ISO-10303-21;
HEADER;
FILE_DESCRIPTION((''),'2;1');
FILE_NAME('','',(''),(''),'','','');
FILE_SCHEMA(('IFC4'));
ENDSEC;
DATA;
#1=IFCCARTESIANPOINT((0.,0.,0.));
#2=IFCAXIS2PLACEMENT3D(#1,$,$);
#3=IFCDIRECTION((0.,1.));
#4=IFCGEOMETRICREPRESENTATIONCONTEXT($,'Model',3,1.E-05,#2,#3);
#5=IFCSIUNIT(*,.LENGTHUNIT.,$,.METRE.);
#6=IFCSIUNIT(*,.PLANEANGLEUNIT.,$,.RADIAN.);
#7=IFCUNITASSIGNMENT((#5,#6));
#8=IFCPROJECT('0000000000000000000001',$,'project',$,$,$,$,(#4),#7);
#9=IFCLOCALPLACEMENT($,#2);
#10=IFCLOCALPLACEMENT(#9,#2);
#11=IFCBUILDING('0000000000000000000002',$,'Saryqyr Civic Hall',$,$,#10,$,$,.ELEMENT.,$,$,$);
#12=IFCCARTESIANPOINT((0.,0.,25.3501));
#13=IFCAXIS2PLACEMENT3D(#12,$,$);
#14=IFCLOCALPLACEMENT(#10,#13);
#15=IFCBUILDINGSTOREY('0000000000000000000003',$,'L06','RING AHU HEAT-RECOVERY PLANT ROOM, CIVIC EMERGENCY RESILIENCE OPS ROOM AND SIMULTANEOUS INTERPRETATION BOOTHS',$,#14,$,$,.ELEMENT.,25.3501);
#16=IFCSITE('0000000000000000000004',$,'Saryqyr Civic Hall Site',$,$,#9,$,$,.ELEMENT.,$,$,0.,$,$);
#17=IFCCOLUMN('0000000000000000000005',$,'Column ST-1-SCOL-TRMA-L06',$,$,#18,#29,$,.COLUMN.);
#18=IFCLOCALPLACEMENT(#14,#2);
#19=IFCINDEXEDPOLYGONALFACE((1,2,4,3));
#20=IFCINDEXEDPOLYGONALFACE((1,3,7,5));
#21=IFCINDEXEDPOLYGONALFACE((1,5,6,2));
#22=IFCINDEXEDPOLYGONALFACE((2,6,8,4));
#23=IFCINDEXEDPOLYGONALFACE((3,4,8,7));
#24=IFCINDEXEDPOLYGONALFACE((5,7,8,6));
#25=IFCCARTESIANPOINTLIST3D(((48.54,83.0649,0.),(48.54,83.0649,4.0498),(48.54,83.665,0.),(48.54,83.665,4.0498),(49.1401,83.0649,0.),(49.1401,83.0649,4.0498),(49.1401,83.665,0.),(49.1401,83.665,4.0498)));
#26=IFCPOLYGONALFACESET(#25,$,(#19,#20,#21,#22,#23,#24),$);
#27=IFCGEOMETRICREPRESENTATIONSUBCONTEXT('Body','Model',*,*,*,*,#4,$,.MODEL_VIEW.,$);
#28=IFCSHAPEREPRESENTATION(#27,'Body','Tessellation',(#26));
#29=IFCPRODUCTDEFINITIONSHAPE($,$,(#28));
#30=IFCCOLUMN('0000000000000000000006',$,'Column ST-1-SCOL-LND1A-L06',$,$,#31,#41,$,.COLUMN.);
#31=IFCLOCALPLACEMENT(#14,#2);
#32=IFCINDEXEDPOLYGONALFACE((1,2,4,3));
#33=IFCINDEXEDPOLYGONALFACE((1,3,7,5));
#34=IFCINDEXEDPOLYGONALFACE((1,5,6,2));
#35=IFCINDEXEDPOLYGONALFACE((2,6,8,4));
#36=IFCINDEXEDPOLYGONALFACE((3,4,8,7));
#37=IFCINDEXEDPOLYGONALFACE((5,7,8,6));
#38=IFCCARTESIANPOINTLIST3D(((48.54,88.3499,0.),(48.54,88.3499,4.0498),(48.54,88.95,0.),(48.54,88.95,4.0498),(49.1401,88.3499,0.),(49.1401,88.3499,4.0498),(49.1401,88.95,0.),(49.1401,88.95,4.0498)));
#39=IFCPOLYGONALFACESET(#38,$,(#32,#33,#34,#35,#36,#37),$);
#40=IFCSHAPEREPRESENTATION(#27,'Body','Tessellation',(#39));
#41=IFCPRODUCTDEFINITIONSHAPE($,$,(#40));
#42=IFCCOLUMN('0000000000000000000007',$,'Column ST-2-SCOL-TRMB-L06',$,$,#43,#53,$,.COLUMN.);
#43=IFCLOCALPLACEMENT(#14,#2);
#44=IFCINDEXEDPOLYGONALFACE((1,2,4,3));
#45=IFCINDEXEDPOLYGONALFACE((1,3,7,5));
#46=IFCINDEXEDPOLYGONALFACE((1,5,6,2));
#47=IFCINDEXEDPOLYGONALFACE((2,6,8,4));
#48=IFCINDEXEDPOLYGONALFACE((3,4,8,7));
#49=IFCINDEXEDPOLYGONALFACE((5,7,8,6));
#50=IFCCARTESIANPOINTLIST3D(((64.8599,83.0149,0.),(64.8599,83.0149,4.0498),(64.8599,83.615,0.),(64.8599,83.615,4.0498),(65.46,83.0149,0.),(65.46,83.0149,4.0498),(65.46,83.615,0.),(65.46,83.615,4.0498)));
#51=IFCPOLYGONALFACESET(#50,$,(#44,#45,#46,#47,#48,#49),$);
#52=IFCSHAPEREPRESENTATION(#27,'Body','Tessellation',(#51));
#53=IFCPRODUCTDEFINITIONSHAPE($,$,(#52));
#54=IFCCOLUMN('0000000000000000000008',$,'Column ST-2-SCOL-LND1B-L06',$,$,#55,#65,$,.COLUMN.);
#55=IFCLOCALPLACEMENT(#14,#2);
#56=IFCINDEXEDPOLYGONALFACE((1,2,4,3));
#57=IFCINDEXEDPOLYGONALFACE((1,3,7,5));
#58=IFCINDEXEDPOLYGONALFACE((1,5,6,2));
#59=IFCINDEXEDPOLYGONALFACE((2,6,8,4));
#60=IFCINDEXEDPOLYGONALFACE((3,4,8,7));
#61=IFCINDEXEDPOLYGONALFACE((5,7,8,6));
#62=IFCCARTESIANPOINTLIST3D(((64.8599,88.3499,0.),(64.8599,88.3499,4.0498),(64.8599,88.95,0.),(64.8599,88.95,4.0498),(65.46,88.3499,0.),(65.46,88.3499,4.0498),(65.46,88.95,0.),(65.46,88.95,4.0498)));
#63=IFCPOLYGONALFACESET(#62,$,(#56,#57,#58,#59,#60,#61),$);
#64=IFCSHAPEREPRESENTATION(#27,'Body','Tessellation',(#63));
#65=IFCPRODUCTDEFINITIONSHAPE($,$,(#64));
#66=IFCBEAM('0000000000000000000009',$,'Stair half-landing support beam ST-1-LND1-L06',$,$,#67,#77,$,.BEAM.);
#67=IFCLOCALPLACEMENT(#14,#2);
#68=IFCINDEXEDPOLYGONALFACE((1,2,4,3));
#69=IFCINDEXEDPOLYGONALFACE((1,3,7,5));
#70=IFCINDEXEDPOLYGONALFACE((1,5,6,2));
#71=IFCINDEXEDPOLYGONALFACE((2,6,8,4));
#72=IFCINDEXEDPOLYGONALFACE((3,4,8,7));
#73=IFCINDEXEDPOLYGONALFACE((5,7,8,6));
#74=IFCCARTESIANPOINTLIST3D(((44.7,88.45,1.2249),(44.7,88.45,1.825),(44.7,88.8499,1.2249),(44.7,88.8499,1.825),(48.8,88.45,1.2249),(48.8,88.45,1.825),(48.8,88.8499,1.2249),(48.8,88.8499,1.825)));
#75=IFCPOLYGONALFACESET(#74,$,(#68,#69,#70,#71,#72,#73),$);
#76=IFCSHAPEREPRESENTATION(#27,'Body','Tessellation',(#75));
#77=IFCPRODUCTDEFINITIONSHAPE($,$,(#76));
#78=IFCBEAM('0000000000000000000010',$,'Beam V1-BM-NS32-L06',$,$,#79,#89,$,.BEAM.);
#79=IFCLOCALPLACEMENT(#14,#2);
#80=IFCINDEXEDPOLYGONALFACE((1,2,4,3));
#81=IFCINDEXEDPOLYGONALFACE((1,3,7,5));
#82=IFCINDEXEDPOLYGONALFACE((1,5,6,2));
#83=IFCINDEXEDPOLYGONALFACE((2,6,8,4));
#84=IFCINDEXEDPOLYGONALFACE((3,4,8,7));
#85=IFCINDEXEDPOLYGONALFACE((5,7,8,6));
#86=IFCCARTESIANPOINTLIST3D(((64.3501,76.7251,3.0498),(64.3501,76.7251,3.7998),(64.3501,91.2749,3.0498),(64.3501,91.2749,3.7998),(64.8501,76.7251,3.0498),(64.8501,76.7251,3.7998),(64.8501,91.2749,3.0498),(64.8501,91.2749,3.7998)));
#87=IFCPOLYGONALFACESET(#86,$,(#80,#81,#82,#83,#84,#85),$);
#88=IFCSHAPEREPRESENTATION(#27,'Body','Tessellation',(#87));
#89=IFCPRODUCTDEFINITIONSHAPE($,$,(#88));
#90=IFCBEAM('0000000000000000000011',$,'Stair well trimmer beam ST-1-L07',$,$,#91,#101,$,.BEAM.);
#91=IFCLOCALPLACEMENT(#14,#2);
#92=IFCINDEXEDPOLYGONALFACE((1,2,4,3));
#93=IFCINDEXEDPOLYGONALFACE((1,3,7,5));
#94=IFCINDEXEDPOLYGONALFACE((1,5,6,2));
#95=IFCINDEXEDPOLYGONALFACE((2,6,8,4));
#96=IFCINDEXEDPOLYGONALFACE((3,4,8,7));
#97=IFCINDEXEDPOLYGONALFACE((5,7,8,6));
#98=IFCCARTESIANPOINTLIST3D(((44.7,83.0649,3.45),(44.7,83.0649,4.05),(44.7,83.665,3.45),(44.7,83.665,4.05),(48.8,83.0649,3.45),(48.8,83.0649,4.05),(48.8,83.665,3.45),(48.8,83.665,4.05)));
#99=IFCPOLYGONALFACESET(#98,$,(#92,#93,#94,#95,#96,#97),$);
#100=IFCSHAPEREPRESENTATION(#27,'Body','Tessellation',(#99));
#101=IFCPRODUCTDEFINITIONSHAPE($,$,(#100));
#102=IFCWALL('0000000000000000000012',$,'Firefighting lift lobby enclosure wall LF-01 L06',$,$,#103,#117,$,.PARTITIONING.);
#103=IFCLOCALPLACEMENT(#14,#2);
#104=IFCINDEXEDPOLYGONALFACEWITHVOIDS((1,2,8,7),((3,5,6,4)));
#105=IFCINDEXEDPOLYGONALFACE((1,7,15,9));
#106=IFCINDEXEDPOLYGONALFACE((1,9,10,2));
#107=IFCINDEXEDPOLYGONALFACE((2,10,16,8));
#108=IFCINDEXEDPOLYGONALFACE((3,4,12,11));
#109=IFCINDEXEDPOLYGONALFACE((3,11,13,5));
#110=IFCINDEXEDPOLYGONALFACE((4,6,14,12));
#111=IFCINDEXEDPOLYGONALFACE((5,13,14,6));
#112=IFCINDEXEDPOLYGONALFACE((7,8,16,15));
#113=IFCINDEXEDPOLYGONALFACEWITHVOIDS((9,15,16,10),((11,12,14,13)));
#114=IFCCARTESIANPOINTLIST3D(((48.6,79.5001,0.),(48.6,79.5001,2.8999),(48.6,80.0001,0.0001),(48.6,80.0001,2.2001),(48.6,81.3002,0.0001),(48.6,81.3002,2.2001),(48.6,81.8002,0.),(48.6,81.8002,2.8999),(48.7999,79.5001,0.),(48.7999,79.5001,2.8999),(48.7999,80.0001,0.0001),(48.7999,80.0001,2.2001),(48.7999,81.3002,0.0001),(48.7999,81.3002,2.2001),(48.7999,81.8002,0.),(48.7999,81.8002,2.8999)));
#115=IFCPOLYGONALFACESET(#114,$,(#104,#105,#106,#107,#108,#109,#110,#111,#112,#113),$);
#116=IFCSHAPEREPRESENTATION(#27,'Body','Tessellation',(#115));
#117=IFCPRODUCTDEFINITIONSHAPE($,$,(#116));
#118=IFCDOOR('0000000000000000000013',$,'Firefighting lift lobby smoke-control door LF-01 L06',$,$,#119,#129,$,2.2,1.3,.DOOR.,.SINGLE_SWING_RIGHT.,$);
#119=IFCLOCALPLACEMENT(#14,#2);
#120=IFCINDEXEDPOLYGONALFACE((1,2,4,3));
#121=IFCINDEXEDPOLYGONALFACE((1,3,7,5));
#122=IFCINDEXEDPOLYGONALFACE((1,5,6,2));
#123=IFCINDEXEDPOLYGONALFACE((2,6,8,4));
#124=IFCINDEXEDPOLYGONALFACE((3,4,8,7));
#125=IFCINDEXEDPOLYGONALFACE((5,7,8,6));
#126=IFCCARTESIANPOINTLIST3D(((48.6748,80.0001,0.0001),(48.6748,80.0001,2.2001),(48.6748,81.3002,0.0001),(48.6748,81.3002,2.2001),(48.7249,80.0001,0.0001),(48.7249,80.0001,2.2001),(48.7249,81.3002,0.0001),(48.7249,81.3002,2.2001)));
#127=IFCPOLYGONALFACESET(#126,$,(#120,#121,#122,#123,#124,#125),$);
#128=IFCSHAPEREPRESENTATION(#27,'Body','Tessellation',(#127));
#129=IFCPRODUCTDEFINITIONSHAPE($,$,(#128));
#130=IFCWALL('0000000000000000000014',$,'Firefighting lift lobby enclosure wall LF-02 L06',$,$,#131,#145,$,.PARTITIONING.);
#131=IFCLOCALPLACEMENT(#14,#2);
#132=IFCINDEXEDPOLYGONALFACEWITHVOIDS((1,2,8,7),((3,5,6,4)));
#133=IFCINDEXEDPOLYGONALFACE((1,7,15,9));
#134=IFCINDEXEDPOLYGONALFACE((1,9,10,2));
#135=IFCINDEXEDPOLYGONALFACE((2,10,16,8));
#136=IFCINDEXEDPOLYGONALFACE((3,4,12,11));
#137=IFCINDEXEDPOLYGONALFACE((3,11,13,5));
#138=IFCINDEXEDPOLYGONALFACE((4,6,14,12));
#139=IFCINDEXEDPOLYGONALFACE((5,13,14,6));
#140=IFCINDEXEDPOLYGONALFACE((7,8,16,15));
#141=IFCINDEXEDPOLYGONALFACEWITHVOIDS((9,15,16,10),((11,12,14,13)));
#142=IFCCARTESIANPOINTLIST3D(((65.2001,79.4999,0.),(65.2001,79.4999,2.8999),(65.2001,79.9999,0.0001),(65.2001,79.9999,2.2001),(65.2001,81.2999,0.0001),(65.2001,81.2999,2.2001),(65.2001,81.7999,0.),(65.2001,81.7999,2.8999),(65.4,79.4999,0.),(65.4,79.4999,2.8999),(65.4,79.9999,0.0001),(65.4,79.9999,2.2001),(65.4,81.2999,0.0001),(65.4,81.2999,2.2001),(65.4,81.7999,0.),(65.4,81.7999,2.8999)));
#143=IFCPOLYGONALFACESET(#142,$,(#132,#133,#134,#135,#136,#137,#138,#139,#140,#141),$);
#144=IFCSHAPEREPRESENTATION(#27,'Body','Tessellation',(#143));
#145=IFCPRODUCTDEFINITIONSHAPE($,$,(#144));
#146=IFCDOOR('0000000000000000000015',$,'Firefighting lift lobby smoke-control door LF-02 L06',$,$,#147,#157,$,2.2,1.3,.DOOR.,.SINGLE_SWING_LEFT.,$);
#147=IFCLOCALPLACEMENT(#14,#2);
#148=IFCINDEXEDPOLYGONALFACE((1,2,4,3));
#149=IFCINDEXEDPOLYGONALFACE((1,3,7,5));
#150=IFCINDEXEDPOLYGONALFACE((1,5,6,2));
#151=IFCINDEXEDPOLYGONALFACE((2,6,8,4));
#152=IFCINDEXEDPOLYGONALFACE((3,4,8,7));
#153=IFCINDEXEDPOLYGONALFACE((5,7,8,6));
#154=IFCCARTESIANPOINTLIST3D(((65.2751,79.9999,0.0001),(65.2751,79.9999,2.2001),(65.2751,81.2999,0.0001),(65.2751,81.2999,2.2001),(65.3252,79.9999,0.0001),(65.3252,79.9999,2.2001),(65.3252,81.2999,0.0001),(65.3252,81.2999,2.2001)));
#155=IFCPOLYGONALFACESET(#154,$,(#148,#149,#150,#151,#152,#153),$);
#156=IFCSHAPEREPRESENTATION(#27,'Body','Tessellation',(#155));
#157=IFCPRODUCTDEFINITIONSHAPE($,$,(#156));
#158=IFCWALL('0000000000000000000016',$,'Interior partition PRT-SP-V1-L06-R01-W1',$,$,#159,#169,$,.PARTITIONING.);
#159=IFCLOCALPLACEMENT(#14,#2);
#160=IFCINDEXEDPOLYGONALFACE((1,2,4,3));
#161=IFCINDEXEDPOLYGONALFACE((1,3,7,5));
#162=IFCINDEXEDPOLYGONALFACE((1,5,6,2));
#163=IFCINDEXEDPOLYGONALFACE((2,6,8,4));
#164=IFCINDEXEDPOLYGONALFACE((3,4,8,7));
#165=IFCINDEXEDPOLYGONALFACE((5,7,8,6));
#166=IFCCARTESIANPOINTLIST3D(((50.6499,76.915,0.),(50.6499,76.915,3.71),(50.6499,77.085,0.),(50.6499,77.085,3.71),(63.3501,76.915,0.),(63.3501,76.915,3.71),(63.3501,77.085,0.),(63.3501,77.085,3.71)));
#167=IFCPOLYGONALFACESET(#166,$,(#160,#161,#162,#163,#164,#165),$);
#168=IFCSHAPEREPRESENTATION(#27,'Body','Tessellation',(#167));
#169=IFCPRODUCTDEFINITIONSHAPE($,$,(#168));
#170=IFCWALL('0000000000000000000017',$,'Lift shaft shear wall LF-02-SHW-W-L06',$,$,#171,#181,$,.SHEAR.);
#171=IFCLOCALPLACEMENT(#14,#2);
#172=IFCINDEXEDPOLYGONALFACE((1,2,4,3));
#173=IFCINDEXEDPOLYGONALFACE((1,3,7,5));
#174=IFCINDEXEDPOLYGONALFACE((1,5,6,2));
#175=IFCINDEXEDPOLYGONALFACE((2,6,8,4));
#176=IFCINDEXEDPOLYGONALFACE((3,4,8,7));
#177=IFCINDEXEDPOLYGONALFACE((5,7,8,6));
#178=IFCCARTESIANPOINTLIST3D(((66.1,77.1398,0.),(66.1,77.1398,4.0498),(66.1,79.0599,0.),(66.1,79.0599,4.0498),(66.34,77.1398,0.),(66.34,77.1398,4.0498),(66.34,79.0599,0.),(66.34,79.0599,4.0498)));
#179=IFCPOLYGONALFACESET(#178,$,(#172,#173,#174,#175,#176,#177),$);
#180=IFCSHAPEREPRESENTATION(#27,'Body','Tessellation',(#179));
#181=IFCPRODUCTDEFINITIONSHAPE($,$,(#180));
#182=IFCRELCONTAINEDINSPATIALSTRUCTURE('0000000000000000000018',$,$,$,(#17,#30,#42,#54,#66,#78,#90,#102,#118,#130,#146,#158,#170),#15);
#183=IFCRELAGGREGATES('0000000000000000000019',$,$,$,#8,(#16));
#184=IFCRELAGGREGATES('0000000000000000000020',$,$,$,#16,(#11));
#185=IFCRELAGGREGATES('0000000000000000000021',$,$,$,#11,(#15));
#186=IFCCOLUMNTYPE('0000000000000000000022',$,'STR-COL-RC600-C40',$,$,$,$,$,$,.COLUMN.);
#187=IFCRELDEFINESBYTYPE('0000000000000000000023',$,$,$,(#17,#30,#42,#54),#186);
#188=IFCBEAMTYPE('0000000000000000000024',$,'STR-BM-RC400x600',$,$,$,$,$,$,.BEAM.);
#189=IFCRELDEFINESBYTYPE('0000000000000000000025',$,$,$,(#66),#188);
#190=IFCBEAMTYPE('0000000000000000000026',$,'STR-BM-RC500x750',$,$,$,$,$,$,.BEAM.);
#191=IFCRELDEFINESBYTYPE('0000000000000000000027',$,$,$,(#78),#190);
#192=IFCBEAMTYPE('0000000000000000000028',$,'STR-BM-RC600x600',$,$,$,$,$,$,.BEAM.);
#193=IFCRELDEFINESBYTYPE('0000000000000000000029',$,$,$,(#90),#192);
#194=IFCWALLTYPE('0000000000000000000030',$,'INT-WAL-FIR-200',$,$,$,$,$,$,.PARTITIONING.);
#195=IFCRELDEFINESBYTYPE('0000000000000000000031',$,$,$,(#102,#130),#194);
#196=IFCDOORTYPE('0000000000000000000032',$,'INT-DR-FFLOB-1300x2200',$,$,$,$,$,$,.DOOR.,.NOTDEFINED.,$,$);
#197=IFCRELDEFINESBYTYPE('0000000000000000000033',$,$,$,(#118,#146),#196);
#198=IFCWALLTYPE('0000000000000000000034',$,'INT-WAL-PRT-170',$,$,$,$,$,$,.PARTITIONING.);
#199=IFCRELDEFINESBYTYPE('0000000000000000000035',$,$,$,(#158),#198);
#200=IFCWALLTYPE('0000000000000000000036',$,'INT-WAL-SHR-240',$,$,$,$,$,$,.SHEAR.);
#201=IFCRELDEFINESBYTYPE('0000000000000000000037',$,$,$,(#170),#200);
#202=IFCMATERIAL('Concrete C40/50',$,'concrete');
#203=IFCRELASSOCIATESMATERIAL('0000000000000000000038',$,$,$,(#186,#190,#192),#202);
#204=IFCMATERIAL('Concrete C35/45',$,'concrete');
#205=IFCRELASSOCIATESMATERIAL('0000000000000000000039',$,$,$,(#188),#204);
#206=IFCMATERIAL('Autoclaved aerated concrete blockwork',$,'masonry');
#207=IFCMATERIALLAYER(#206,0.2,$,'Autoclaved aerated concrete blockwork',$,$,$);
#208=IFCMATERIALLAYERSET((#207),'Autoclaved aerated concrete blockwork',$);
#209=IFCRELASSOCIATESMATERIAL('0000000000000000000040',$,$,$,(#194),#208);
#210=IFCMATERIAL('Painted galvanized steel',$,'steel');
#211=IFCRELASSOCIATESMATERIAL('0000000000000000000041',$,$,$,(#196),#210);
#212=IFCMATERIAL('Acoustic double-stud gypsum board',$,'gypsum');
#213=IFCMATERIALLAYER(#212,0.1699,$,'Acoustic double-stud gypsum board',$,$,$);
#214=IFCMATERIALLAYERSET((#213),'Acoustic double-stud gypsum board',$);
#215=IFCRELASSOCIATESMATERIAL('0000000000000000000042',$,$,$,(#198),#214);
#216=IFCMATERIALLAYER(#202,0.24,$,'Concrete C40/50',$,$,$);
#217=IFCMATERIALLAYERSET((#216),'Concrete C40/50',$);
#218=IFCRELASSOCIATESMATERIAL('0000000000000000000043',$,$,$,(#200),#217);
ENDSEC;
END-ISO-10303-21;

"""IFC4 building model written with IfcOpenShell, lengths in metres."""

from ifc_helpers import new_model, si_unit, direction, frame, frame_2d, origin, origin_2d, place, context, subcontext, project, spatial, rectangle, extrude, material, layer, layer_set, material_profile, profile_set, type_object, element, fill, save


model = new_model("IFC4")

# Units and contexts
model_context = context("Model", 3, precision=1e-05, world=origin(), true_north=direction((0.0, 1.0)))
body_context = subcontext(model_context, "Body", "Model", "MODEL_VIEW")
ifc_project = project(units=[si_unit("LENGTHUNIT", "METRE"), si_unit("PLANEANGLEUNIT", "RADIAN")], contexts=[model_context])

# Site, building, storey
site_placement = place(None, origin())
site = spatial("IfcSite", under=ifc_project, at=site_placement, Name="Saryqyr Civic Hall Site", CompositionType="ELEMENT", RefElevation=0.0)
building_placement = place(site_placement, origin())
building = spatial("IfcBuilding", under=site, at=building_placement, Name="Saryqyr Civic Hall", CompositionType="ELEMENT")
storey_placement = place(building_placement, frame((0.0, 0.0, 25.3501)))
storey = spatial("IfcBuildingStorey", under=building, at=storey_placement, Name="L06", Description="RING AHU HEAT-RECOVERY PLANT ROOM, CIVIC EMERGENCY RESILIENCE OPS ROOM AND SIMULTANEOUS INTERPRETATION BOOTHS", CompositionType="ELEMENT", Elevation=25.3501)

# Columns
ifc_material_1 = material(Name="Concrete C40/50", Category="concrete")
ifc_material_profile_1 = material_profile(ifc_material_1, rectangle(XDim=0.6001, YDim=0.6001, at=origin_2d()), Name="RC 600x600")
ifc_profile_set_1 = profile_set([ifc_material_profile_1], Name="Concrete C40/50")
column_type = type_object("IfcColumnType", Name="STR-COL-RC600-C40", PredefinedType="COLUMN", material=ifc_profile_set_1)
for number, where, z_axis, x_axis, name in (
    (1, (48.8401, 83.365, 0.0), (0.0, 0.0, 1.0), (1.0, 0.0, 0.0), "Column ST-1-SCOL-TRMA-L06"),
    (2, (48.8401, 88.6499, 0.0), (0.0, 0.0, 1.0), (1.0, 0.0, 0.0), "Column ST-1-SCOL-LND1A-L06"),
    (3, (65.1599, 83.3149, 0.0), (0.0, 0.0, 1.0), (1.0, 0.0, 0.0), "Column ST-2-SCOL-TRMB-L06"),
    (4, (65.1599, 88.6499, 0.0), (0.0, 0.0, 1.0), (1.0, 0.0, 0.0), "Column ST-2-SCOL-LND1B-L06"),
):
    element("IfcColumn", number, at=place(storey_placement, frame(where, z_axis=z_axis, x_axis=x_axis)), inside=storey, type_object=column_type, Name=name, PredefinedType="COLUMN", context=body_context, shape_type="SweptSolid", body=[
        extrude(rectangle(XDim=0.6001, YDim=0.6001, at=origin_2d()), origin(), (0.0, 0.0, 1.0), 4.0498),
    ])

# Beams
ifc_material_2 = material(Name="Concrete C35/45", Category="concrete")
ifc_material_profile_2 = material_profile(ifc_material_2, rectangle(XDim=0.3999, YDim=0.6001, at=origin_2d()), Name="RC 400x600")
ifc_profile_set_2 = profile_set([ifc_material_profile_2], Name="Concrete C35/45")
beam_type_1 = type_object("IfcBeamType", Name="STR-BM-RC400x600", PredefinedType="BEAM", material=ifc_profile_set_2)
beam_1_placement = place(storey_placement, frame((48.8, 88.6499, 1.5249), z_axis=(-1.0, 0.0, 0.0), x_axis=(0.0, -1.0, 0.0)))
element("IfcBeam", 5, at=beam_1_placement, inside=storey, type_object=beam_type_1, Name="Stair half-landing support beam ST-1-LND1-L06", PredefinedType="BEAM", context=body_context, shape_type="SweptSolid", body=[
    extrude(rectangle(XDim=0.3999, YDim=0.6001, at=origin_2d()), origin(), (0.0, 0.0, 1.0), 4.1001),
])
ifc_material_profile_3 = material_profile(ifc_material_1, rectangle(XDim=0.5, YDim=0.75, at=origin_2d()), Name="RC 500x750")
ifc_profile_set_3 = profile_set([ifc_material_profile_3], Name="Concrete C40/50")
beam_type_2 = type_object("IfcBeamType", Name="STR-BM-RC500x750", PredefinedType="BEAM", material=ifc_profile_set_3)
beam_2_placement = place(storey_placement, frame((64.6001, 76.7251, 3.4248), z_axis=(0.0, 1.0, 0.0), x_axis=(-1.0, 0.0, 0.0)))
element("IfcBeam", 6, at=beam_2_placement, inside=storey, type_object=beam_type_2, Name="Beam V1-BM-NS32-L06", PredefinedType="BEAM", context=body_context, shape_type="SweptSolid", body=[
    extrude(rectangle(XDim=0.5, YDim=0.75, at=origin_2d()), origin(), (0.0, 0.0, 1.0), 14.5498),
])
ifc_material_profile_4 = material_profile(ifc_material_1, rectangle(XDim=0.6001, YDim=0.6001, at=origin_2d()), Name="RC 600x600")
ifc_profile_set_4 = profile_set([ifc_material_profile_4], Name="Concrete C40/50")
beam_type_3 = type_object("IfcBeamType", Name="STR-BM-RC600x600", PredefinedType="BEAM", material=ifc_profile_set_4)
beam_3_placement = place(storey_placement, frame((48.8, 83.365, 3.75), z_axis=(-1.0, 0.0, 0.0), x_axis=(0.0, -1.0, 0.0)))
element("IfcBeam", 7, at=beam_3_placement, inside=storey, type_object=beam_type_3, Name="Stair well trimmer beam ST-1-L07", PredefinedType="BEAM", context=body_context, shape_type="SweptSolid", body=[
    extrude(rectangle(XDim=0.6001, YDim=0.6001, at=origin_2d()), origin(), (0.0, 0.0, 1.0), 4.1001),
])

# Walls, openings, doors
ifc_material_3 = material(Name="Autoclaved aerated concrete blockwork", Category="masonry")
ifc_layer_1 = layer(ifc_material_3, 0.2, Name="Autoclaved aerated concrete blockwork")
ifc_layer_set_1 = layer_set([ifc_layer_1], Name="Autoclaved aerated concrete blockwork")
wall_type_1 = type_object("IfcWallType", Name="INT-WAL-FIR-200", PredefinedType="PARTITIONING", material=ifc_layer_set_1)
wall_1_placement = place(storey_placement, frame((48.7, 81.8, 0.0), z_axis=(0.0, 0.0, 1.0), x_axis=(0.0, -1.0, 0.0)))
wall_1 = element("IfcWall", 8, at=wall_1_placement, inside=storey, type_object=wall_type_1, Name="Firefighting lift lobby enclosure wall LF-01 L06", PredefinedType="PARTITIONING", context=body_context, shape_type="SweptSolid", body=[
    extrude(rectangle(XDim=2.3, YDim=0.2, at=frame_2d((1.1499, 0.0))), origin(), (0.0, 0.0, 1.0), 2.8999),
])
opening_1_placement = place(wall_1_placement, frame((0.5, 0.0, 0.0)))
opening_1 = element("IfcOpeningElement", 9, at=opening_1_placement, cuts=wall_1, PredefinedType="OPENING", context=body_context, shape_type="SweptSolid", body=[
    extrude(rectangle(XDim=1.3, YDim=2.2, at=frame_2d((0.6499, 1.1001))), frame((0.0, 0.1099, 0.0), z_axis=(0.0, -1.0, 0.0), x_axis=(1.0, 0.0, 0.0)), (0.0, 0.0, 1.0), 0.22),
])
ifc_material_4 = material(Name="Painted galvanized steel", Category="steel")
door_type_1 = type_object("IfcDoorType", Name="INT-DR-FFLOB-1300x2200", OperationType="NOTDEFINED", PredefinedType="DOOR", material=ifc_material_4)
door_1_placement = place(opening_1_placement, origin())
door_1 = element("IfcDoor", 10, at=door_1_placement, inside=storey, type_object=door_type_1, Name="Firefighting lift lobby smoke-control door LF-01 L06", OperationType="SINGLE_SWING_RIGHT", OverallHeight=2.2, OverallWidth=1.3, PredefinedType="DOOR", context=body_context, shape_type="SweptSolid", body=[
    extrude(rectangle(XDim=1.3, YDim=2.2, at=frame_2d((0.6499, 1.1001))), frame((0.0, 0.0249, 0.0), z_axis=(0.0, -1.0, 0.0), x_axis=(1.0, 0.0, 0.0)), (0.0, 0.0, 1.0), 0.05),
])
fill(opening_1, door_1)
wall_2_placement = place(storey_placement, frame((65.3, 79.5, 0.0), z_axis=(0.0, 0.0, 1.0), x_axis=(0.0, 1.0, 0.0)))
wall_2 = element("IfcWall", 11, at=wall_2_placement, inside=storey, type_object=wall_type_1, Name="Firefighting lift lobby enclosure wall LF-02 L06", PredefinedType="PARTITIONING", context=body_context, shape_type="SweptSolid", body=[
    extrude(rectangle(XDim=2.3, YDim=0.2, at=frame_2d((1.1499, 0.0))), origin(), (0.0, 0.0, 1.0), 2.8999),
])
opening_2_placement = place(wall_2_placement, frame((0.5, 0.0, 0.0)))
opening_2 = element("IfcOpeningElement", 12, at=opening_2_placement, cuts=wall_2, PredefinedType="OPENING", context=body_context, shape_type="SweptSolid", body=[
    extrude(rectangle(XDim=1.3, YDim=2.2, at=frame_2d((0.6499, 1.1001))), frame((0.0, 0.1099, 0.0), z_axis=(0.0, -1.0, 0.0), x_axis=(1.0, 0.0, 0.0)), (0.0, 0.0, 1.0), 0.22),
])
door_2_placement = place(opening_2_placement, origin())
door_2 = element("IfcDoor", 13, at=door_2_placement, inside=storey, type_object=door_type_1, Name="Firefighting lift lobby smoke-control door LF-02 L06", OperationType="SINGLE_SWING_LEFT", OverallHeight=2.2, OverallWidth=1.3, PredefinedType="DOOR", context=body_context, shape_type="SweptSolid", body=[
    extrude(rectangle(XDim=1.3, YDim=2.2, at=frame_2d((0.6499, 1.1001))), frame((0.0, 0.0249, 0.0), z_axis=(0.0, -1.0, 0.0), x_axis=(1.0, 0.0, 0.0)), (0.0, 0.0, 1.0), 0.05),
])
fill(opening_2, door_2)

# Wall
ifc_material_5 = material(Name="Acoustic double-stud gypsum board", Category="gypsum")
ifc_layer_2 = layer(ifc_material_5, 0.1699, Name="Acoustic double-stud gypsum board")
ifc_layer_set_2 = layer_set([ifc_layer_2], Name="Acoustic double-stud gypsum board")
wall_type_2 = type_object("IfcWallType", Name="INT-WAL-PRT-170", PredefinedType="PARTITIONING", material=ifc_layer_set_2)
wall_3_placement = place(storey_placement, frame((50.6499, 77.0, 0.0), z_axis=(0.0, 0.0, 1.0), x_axis=(1.0, 0.0, 0.0)))
element("IfcWall", 14, at=wall_3_placement, inside=storey, type_object=wall_type_2, Name="Interior partition PRT-SP-V1-L06-R01-W1", PredefinedType="PARTITIONING", context=body_context, shape_type="SweptSolid", body=[
    extrude(rectangle(XDim=12.7002, YDim=0.1699, at=frame_2d((6.3501, 0.0))), origin(), (0.0, 0.0, 1.0), 3.71),
])

# Shared definitions
ifc_layer_3 = layer(ifc_material_1, 0.24, Name="Concrete C40/50")
ifc_layer_set_3 = layer_set([ifc_layer_3], Name="Concrete C40/50")
wall_type_3 = type_object("IfcWallType", Name="INT-WAL-SHR-240", PredefinedType="SHEAR", material=ifc_layer_set_3)

# Wall
wall_4_placement = place(storey_placement, frame((66.22, 77.1399, 0.0), z_axis=(0.0, 0.0, 1.0), x_axis=(0.0, 1.0, 0.0)))
element("IfcWall", 15, at=wall_4_placement, inside=storey, type_object=wall_type_3, Name="Lift shaft shear wall LF-02-SHW-W-L06", PredefinedType="SHEAR", context=body_context, shape_type="SweptSolid", body=[
    extrude(rectangle(XDim=1.9202, YDim=0.24, at=frame_2d((0.96, 0.0))), origin(), (0.0, 0.0, 1.0), 4.0498),
])

save(model, "model.ifc")
